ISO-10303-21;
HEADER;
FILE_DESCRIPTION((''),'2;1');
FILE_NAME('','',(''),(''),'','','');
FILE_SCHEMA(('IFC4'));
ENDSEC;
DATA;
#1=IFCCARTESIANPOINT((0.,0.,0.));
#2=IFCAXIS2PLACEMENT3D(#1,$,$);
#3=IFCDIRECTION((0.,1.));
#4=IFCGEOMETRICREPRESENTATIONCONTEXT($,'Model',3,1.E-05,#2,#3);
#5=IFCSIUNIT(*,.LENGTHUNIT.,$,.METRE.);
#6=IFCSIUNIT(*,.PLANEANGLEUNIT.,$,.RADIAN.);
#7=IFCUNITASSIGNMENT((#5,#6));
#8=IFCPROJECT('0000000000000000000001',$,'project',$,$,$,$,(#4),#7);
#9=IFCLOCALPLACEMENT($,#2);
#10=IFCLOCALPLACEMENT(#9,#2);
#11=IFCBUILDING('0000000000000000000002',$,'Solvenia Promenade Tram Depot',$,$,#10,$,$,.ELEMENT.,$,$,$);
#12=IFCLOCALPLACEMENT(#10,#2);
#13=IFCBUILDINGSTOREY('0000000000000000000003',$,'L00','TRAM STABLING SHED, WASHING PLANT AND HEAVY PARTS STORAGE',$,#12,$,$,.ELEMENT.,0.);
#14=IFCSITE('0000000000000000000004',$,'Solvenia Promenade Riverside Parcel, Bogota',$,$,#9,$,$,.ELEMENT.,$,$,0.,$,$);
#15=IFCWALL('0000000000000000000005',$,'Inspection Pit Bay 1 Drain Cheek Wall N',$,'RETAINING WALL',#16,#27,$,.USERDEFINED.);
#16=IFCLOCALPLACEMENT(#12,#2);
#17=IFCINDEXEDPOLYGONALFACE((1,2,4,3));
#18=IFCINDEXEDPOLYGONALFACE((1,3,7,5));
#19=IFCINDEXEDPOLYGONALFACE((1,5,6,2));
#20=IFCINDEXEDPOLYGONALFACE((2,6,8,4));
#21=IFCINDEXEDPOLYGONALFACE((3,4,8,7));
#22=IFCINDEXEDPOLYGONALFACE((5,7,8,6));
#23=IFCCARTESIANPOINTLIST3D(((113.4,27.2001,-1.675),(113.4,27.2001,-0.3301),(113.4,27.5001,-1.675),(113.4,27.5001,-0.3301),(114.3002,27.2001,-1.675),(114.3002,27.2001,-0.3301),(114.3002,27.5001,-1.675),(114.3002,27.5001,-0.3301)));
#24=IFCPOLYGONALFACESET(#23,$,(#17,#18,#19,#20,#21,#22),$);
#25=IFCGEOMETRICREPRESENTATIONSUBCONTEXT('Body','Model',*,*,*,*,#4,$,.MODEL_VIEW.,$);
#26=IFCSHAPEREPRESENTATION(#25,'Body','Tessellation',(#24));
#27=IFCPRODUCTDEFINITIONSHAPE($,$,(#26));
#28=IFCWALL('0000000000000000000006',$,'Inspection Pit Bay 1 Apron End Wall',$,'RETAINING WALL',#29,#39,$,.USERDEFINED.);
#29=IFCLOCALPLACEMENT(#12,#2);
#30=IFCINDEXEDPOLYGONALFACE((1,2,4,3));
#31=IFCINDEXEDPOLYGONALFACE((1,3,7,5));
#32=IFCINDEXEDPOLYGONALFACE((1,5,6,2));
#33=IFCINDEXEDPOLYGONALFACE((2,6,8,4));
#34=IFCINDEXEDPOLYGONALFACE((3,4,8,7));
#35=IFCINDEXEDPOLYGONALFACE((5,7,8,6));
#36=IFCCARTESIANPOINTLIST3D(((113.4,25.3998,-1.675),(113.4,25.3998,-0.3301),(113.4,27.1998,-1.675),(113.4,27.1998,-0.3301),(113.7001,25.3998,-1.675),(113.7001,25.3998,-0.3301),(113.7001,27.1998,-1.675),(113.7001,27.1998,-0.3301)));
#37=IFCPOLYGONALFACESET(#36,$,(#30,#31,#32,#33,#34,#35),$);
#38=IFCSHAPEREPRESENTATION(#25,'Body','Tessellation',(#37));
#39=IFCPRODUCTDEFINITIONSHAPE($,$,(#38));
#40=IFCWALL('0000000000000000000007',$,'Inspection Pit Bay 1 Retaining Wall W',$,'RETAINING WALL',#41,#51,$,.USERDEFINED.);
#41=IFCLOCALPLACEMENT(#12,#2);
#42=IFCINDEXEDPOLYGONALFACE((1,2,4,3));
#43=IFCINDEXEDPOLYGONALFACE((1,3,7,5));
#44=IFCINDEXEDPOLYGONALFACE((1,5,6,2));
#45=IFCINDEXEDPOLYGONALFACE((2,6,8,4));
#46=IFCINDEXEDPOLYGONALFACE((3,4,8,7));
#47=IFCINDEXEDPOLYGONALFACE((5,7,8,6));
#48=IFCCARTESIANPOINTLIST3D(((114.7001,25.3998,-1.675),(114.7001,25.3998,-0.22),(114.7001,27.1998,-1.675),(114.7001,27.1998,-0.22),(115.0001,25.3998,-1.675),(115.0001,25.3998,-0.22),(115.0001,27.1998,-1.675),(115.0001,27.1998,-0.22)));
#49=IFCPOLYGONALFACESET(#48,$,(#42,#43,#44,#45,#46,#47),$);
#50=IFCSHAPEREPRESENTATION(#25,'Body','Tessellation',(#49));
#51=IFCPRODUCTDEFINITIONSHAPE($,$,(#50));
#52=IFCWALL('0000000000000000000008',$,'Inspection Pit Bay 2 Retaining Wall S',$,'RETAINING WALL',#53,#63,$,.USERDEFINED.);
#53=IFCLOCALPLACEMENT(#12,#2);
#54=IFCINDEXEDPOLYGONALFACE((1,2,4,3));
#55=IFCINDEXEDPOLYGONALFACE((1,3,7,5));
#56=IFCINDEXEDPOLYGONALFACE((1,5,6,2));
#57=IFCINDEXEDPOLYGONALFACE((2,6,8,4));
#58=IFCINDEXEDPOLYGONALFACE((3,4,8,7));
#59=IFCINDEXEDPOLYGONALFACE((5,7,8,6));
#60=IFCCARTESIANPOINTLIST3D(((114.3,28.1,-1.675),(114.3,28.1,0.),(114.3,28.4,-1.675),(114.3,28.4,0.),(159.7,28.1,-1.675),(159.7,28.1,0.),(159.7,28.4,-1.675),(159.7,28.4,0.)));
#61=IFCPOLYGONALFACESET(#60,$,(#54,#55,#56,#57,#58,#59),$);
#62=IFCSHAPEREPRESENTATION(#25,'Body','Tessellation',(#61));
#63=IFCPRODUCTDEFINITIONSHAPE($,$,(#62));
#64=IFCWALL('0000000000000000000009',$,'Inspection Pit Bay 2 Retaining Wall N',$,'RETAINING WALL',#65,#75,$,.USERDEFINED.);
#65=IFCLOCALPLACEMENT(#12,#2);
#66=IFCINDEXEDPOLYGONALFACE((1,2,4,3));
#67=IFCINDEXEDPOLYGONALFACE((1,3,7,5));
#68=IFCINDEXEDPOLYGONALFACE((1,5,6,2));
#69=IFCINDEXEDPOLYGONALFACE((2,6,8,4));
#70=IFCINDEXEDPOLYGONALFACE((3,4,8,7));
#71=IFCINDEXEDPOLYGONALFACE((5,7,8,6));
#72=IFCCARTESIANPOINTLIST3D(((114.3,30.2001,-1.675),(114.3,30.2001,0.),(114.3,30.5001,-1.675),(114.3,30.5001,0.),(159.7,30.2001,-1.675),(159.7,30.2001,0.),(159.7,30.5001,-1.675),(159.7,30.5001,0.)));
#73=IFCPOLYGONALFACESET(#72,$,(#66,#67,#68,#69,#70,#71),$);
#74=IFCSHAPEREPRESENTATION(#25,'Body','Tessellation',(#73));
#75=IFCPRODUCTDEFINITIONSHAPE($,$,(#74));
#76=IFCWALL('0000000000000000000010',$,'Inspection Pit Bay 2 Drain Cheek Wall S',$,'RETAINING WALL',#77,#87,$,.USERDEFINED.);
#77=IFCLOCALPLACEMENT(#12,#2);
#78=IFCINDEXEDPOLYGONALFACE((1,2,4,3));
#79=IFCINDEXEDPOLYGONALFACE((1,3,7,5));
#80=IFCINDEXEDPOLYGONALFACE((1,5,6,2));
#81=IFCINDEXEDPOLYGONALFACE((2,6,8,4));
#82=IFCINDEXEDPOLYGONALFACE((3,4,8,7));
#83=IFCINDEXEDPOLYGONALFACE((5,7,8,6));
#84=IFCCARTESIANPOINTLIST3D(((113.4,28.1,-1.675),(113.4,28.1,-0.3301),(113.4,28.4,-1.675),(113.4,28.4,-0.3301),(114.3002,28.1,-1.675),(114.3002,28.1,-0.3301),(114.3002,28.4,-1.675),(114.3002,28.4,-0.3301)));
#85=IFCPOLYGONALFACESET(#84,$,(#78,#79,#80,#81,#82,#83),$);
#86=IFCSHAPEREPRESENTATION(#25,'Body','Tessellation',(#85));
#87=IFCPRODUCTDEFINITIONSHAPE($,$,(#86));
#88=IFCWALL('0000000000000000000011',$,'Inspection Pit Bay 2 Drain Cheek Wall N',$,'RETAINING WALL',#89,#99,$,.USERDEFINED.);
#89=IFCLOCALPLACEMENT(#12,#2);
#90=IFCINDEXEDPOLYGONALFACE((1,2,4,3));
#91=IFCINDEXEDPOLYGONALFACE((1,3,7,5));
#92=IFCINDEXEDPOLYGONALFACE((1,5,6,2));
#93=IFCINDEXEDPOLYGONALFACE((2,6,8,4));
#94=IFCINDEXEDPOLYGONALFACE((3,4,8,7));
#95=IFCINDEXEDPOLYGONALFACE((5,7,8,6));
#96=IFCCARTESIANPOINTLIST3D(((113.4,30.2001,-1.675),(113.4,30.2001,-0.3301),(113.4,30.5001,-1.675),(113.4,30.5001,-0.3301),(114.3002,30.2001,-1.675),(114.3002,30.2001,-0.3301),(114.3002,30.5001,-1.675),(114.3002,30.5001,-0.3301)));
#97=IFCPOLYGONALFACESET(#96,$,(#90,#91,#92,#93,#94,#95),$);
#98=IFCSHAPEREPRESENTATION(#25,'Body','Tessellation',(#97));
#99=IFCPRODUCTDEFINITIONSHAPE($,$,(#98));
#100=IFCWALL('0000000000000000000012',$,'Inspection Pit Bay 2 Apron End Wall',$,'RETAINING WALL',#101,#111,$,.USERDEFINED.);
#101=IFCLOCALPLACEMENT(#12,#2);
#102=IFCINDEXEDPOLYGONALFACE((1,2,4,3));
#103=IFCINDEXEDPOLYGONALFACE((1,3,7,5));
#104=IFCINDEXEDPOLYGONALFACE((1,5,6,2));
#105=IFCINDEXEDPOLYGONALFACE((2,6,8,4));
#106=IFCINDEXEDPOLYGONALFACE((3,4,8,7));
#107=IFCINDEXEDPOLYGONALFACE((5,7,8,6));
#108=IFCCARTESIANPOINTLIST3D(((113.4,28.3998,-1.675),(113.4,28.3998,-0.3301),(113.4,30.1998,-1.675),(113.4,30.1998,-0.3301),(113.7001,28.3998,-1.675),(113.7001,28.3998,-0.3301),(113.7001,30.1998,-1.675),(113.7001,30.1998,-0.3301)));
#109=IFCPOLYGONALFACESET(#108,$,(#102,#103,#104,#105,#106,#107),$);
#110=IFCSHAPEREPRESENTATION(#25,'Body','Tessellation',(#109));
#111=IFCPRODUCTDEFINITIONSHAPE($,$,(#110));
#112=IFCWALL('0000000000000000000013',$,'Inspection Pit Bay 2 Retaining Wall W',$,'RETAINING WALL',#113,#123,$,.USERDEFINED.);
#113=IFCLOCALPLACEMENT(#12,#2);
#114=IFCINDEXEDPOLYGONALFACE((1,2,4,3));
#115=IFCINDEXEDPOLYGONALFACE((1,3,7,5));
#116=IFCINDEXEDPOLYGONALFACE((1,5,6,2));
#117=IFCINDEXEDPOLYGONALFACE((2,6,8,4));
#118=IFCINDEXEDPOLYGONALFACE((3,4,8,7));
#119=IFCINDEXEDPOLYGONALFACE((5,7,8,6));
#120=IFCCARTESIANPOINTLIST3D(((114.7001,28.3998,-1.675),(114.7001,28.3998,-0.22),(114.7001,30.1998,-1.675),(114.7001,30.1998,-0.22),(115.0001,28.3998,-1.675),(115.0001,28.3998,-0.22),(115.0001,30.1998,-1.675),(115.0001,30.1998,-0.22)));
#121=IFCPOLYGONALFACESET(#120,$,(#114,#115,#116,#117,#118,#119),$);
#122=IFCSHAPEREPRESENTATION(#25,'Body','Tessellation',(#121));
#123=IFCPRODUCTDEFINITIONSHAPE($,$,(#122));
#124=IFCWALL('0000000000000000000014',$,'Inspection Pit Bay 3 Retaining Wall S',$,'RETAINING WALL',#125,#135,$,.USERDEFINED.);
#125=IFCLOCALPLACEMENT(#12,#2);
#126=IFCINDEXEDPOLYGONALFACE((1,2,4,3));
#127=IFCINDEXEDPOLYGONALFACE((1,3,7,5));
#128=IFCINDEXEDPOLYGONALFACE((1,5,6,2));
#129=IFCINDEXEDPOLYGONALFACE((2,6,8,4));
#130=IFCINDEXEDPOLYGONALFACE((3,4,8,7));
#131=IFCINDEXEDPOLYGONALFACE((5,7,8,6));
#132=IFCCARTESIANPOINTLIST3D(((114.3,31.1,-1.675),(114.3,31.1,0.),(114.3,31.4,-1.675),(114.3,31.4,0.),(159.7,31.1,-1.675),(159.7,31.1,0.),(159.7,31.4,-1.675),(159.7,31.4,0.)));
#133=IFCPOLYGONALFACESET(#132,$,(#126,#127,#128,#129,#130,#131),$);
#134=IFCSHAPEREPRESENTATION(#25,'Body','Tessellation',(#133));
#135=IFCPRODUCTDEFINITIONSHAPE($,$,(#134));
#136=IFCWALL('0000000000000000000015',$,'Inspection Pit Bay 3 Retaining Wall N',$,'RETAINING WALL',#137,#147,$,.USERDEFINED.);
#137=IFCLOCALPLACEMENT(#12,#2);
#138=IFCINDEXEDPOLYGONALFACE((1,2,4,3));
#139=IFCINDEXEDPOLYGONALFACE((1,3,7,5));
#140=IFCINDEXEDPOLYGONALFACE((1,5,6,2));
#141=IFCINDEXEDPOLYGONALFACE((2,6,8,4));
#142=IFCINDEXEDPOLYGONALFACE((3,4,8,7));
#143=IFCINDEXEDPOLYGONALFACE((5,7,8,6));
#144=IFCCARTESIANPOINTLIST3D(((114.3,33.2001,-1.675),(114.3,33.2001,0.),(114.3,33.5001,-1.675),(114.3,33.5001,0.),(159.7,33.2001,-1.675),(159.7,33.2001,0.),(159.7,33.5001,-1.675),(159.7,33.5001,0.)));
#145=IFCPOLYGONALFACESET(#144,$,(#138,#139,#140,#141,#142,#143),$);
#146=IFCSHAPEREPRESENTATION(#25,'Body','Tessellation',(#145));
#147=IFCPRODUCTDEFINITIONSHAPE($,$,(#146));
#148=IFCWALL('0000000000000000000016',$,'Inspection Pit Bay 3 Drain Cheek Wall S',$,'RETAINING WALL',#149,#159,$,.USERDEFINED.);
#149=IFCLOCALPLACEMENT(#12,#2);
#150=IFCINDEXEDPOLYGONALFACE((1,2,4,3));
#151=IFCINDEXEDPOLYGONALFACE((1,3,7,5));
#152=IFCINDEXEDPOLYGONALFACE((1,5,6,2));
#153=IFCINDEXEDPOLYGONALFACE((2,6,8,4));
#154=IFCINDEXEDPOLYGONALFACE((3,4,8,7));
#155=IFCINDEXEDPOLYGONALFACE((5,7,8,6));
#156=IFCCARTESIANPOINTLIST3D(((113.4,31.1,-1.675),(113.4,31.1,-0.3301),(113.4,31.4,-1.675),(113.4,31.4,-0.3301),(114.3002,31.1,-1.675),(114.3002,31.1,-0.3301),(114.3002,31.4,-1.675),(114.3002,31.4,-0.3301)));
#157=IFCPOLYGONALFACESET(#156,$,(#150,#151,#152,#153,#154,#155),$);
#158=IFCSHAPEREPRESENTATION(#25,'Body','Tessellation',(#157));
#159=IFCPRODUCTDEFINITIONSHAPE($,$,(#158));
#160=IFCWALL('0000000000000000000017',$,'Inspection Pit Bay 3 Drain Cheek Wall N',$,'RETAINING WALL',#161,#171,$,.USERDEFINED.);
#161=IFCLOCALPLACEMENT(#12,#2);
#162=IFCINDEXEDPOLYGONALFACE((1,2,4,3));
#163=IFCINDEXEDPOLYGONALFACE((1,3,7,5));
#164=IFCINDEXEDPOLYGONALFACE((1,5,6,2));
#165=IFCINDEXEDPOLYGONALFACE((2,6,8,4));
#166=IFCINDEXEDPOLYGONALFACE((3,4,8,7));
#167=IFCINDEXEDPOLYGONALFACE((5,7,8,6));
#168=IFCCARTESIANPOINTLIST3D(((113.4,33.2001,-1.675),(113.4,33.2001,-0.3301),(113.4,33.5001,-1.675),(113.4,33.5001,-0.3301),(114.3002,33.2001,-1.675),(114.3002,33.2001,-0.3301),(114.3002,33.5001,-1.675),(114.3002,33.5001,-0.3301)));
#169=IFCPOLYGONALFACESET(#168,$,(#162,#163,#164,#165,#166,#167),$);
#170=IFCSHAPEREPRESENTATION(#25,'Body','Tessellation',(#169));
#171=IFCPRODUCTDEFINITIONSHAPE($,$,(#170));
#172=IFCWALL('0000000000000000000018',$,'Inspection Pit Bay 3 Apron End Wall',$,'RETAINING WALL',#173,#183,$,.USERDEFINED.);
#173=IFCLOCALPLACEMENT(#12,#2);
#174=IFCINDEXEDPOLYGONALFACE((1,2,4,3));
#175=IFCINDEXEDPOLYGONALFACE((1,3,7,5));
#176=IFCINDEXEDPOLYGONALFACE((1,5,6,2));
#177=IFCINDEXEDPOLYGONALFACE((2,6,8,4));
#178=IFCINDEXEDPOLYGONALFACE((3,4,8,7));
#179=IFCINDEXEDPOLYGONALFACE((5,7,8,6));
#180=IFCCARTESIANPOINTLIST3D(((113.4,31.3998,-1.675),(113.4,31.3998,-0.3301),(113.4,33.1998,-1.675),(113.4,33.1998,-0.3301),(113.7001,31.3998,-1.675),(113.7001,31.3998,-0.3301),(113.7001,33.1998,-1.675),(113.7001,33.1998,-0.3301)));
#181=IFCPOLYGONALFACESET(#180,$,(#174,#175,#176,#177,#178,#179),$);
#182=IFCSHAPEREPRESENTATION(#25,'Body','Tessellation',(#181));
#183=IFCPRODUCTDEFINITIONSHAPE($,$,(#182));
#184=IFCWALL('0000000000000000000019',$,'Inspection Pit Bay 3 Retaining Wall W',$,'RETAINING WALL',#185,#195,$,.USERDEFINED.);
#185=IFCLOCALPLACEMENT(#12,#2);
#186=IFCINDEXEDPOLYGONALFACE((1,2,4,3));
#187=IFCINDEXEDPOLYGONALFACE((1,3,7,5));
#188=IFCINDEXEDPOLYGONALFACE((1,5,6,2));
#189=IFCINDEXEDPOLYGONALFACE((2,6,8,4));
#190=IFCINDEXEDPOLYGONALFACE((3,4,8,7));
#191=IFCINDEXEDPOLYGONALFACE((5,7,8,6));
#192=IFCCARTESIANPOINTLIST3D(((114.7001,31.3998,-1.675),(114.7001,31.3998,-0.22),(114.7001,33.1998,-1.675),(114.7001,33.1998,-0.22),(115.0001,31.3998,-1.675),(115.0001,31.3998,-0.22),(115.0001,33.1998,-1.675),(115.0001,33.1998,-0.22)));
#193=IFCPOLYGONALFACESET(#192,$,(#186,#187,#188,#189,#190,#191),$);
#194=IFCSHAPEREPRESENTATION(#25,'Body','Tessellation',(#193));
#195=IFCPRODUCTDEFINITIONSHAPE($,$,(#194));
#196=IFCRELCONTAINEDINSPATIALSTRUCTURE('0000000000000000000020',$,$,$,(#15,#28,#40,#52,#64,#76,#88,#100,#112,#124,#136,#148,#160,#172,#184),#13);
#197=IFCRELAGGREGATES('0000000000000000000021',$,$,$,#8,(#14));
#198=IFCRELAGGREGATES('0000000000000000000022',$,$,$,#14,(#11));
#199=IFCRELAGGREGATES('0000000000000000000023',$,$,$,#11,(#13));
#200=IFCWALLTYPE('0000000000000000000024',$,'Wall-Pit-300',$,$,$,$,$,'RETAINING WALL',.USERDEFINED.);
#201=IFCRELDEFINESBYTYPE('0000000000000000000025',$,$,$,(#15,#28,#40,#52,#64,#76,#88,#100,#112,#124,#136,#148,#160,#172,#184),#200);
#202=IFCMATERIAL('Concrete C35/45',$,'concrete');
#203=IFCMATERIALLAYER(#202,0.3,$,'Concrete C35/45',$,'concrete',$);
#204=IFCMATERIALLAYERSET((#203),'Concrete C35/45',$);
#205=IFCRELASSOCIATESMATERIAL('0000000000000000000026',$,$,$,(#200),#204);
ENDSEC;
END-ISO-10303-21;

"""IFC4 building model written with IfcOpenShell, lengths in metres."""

from ifc_helpers import new_model, si_unit, direction, frame, frame_2d, origin, place, context, subcontext, project, spatial, rectangle, extrude, material, layer, layer_set, type_object, element, save


model = new_model("IFC4")

# Units and contexts
model_context = context("Model", 3, precision=1e-05, world=origin(), true_north=direction((0.0, 1.0)))
body_context = subcontext(model_context, "Body", "Model", "MODEL_VIEW")
ifc_project = project(units=[si_unit("LENGTHUNIT", "METRE"), si_unit("PLANEANGLEUNIT", "RADIAN")], contexts=[model_context])

# Site, building, storey
site_placement = place(None, origin())
site = spatial("IfcSite", under=ifc_project, at=site_placement, Name="Solvenia Promenade Riverside Parcel, Bogota", CompositionType="ELEMENT", RefElevation=0.0)
building_placement = place(site_placement, origin())
building = spatial("IfcBuilding", under=site, at=building_placement, Name="Solvenia Promenade Tram Depot", CompositionType="ELEMENT")
storey_placement = place(building_placement, origin())
storey = spatial("IfcBuildingStorey", under=building, at=storey_placement, Name="L00", Description="TRAM STABLING SHED, WASHING PLANT AND HEAVY PARTS STORAGE", CompositionType="ELEMENT", Elevation=0.0)

# Walls
ifc_material_1 = material(Name="Concrete C35/45", Category="concrete")
ifc_layer = layer(ifc_material_1, 0.3, Name="Concrete C35/45", Category="concrete")
ifc_layer_set = layer_set([ifc_layer], Name="Concrete C35/45")
wall_type = type_object("IfcWallType", Name="Wall-Pit-300", ElementType="RETAINING WALL", PredefinedType="USERDEFINED", material=ifc_layer_set)
wall_1_placement = place(storey_placement, frame((113.3999, 27.3501, -1.675), z_axis=(0.0, 0.0, 1.0), x_axis=(1.0, 0.0, 0.0)))
element("IfcWall", 1, at=wall_1_placement, inside=storey, type_object=wall_type, Name="Inspection Pit Bay 1 Drain Cheek Wall N", ObjectType="RETAINING WALL", PredefinedType="USERDEFINED", context=body_context, shape_type="SweptSolid", body=[
    extrude(rectangle(XDim=0.9001, YDim=0.3, at=frame_2d((0.4502, 0.0))), origin(), (0.0, 0.0, 1.0), 1.345),
])
wall_2_placement = place(storey_placement, frame((113.55, 25.3999, -1.675), z_axis=(0.0, 0.0, 1.0), x_axis=(0.0, 1.0, 0.0)))
element("IfcWall", 2, at=wall_2_placement, inside=storey, type_object=wall_type, Name="Inspection Pit Bay 1 Apron End Wall", ObjectType="RETAINING WALL", PredefinedType="USERDEFINED", context=body_context, shape_type="SweptSolid", body=[
    extrude(rectangle(XDim=1.8, YDim=0.3, at=frame_2d((0.8999, 0.0))), origin(), (0.0, 0.0, 1.0), 1.345),
])
wall_3_placement = place(storey_placement, frame((114.8501, 25.3999, -1.675), z_axis=(0.0, 0.0, 1.0), x_axis=(0.0, 1.0, 0.0)))
element("IfcWall", 3, at=wall_3_placement, inside=storey, type_object=wall_type, Name="Inspection Pit Bay 1 Retaining Wall W", ObjectType="RETAINING WALL", PredefinedType="USERDEFINED", context=body_context, shape_type="SweptSolid", body=[
    extrude(rectangle(XDim=1.8, YDim=0.3, at=frame_2d((0.8999, 0.0))), origin(), (0.0, 0.0, 1.0), 1.4551),
])
for number, where, z_axis, x_axis, name in (
    (4, (114.3, 28.25, -1.675), (0.0, 0.0, 1.0), (1.0, 0.0, 0.0), "Inspection Pit Bay 2 Retaining Wall S"),
    (5, (114.3, 30.3501, -1.675), (0.0, 0.0, 1.0), (1.0, 0.0, 0.0), "Inspection Pit Bay 2 Retaining Wall N"),
):
    element("IfcWall", number, at=place(storey_placement, frame(where, z_axis=z_axis, x_axis=x_axis)), inside=storey, type_object=wall_type, Name=name, ObjectType="RETAINING WALL", PredefinedType="USERDEFINED", context=body_context, shape_type="SweptSolid", body=[
        extrude(rectangle(XDim=45.3999, YDim=0.3, at=frame_2d((22.7, 0.0))), origin(), (0.0, 0.0, 1.0), 1.675),
    ])
for number, where, z_axis, x_axis, name in (
    (6, (113.3999, 28.25, -1.675), (0.0, 0.0, 1.0), (1.0, 0.0, 0.0), "Inspection Pit Bay 2 Drain Cheek Wall S"),
    (7, (113.3999, 30.3501, -1.675), (0.0, 0.0, 1.0), (1.0, 0.0, 0.0), "Inspection Pit Bay 2 Drain Cheek Wall N"),
):
    element("IfcWall", number, at=place(storey_placement, frame(where, z_axis=z_axis, x_axis=x_axis)), inside=storey, type_object=wall_type, Name=name, ObjectType="RETAINING WALL", PredefinedType="USERDEFINED", context=body_context, shape_type="SweptSolid", body=[
        extrude(rectangle(XDim=0.9001, YDim=0.3, at=frame_2d((0.4502, 0.0))), origin(), (0.0, 0.0, 1.0), 1.345),
    ])
wall_4_placement = place(storey_placement, frame((113.55, 28.3999, -1.675), z_axis=(0.0, 0.0, 1.0), x_axis=(0.0, 1.0, 0.0)))
element("IfcWall", 8, at=wall_4_placement, inside=storey, type_object=wall_type, Name="Inspection Pit Bay 2 Apron End Wall", ObjectType="RETAINING WALL", PredefinedType="USERDEFINED", context=body_context, shape_type="SweptSolid", body=[
    extrude(rectangle(XDim=1.8, YDim=0.3, at=frame_2d((0.8999, 0.0))), origin(), (0.0, 0.0, 1.0), 1.345),
])
wall_5_placement = place(storey_placement, frame((114.8501, 28.3999, -1.675), z_axis=(0.0, 0.0, 1.0), x_axis=(0.0, 1.0, 0.0)))
element("IfcWall", 9, at=wall_5_placement, inside=storey, type_object=wall_type, Name="Inspection Pit Bay 2 Retaining Wall W", ObjectType="RETAINING WALL", PredefinedType="USERDEFINED", context=body_context, shape_type="SweptSolid", body=[
    extrude(rectangle(XDim=1.8, YDim=0.3, at=frame_2d((0.8999, 0.0))), origin(), (0.0, 0.0, 1.0), 1.4551),
])
for number, where, z_axis, x_axis, name in (
    (10, (114.3, 31.25, -1.675), (0.0, 0.0, 1.0), (1.0, 0.0, 0.0), "Inspection Pit Bay 3 Retaining Wall S"),
    (11, (114.3, 33.3501, -1.675), (0.0, 0.0, 1.0), (1.0, 0.0, 0.0), "Inspection Pit Bay 3 Retaining Wall N"),
):
    element("IfcWall", number, at=place(storey_placement, frame(where, z_axis=z_axis, x_axis=x_axis)), inside=storey, type_object=wall_type, Name=name, ObjectType="RETAINING WALL", PredefinedType="USERDEFINED", context=body_context, shape_type="SweptSolid", body=[
        extrude(rectangle(XDim=45.3999, YDim=0.3, at=frame_2d((22.7, 0.0))), origin(), (0.0, 0.0, 1.0), 1.675),
    ])
for number, where, z_axis, x_axis, name in (
    (12, (113.3999, 31.25, -1.675), (0.0, 0.0, 1.0), (1.0, 0.0, 0.0), "Inspection Pit Bay 3 Drain Cheek Wall S"),
    (13, (113.3999, 33.3501, -1.675), (0.0, 0.0, 1.0), (1.0, 0.0, 0.0), "Inspection Pit Bay 3 Drain Cheek Wall N"),
):
    element("IfcWall", number, at=place(storey_placement, frame(where, z_axis=z_axis, x_axis=x_axis)), inside=storey, type_object=wall_type, Name=name, ObjectType="RETAINING WALL", PredefinedType="USERDEFINED", context=body_context, shape_type="SweptSolid", body=[
        extrude(rectangle(XDim=0.9001, YDim=0.3, at=frame_2d((0.4502, 0.0))), origin(), (0.0, 0.0, 1.0), 1.345),
    ])
wall_6_placement = place(storey_placement, frame((113.55, 31.3999, -1.675), z_axis=(0.0, 0.0, 1.0), x_axis=(0.0, 1.0, 0.0)))
element("IfcWall", 14, at=wall_6_placement, inside=storey, type_object=wall_type, Name="Inspection Pit Bay 3 Apron End Wall", ObjectType="RETAINING WALL", PredefinedType="USERDEFINED", context=body_context, shape_type="SweptSolid", body=[
    extrude(rectangle(XDim=1.8, YDim=0.3, at=frame_2d((0.8999, 0.0))), origin(), (0.0, 0.0, 1.0), 1.345),
])
wall_7_placement = place(storey_placement, frame((114.8501, 31.3999, -1.675), z_axis=(0.0, 0.0, 1.0), x_axis=(0.0, 1.0, 0.0)))
element("IfcWall", 15, at=wall_7_placement, inside=storey, type_object=wall_type, Name="Inspection Pit Bay 3 Retaining Wall W", ObjectType="RETAINING WALL", PredefinedType="USERDEFINED", context=body_context, shape_type="SweptSolid", body=[
    extrude(rectangle(XDim=1.8, YDim=0.3, at=frame_2d((0.8999, 0.0))), origin(), (0.0, 0.0, 1.0), 1.4551),
])

save(model, "model.ifc")
